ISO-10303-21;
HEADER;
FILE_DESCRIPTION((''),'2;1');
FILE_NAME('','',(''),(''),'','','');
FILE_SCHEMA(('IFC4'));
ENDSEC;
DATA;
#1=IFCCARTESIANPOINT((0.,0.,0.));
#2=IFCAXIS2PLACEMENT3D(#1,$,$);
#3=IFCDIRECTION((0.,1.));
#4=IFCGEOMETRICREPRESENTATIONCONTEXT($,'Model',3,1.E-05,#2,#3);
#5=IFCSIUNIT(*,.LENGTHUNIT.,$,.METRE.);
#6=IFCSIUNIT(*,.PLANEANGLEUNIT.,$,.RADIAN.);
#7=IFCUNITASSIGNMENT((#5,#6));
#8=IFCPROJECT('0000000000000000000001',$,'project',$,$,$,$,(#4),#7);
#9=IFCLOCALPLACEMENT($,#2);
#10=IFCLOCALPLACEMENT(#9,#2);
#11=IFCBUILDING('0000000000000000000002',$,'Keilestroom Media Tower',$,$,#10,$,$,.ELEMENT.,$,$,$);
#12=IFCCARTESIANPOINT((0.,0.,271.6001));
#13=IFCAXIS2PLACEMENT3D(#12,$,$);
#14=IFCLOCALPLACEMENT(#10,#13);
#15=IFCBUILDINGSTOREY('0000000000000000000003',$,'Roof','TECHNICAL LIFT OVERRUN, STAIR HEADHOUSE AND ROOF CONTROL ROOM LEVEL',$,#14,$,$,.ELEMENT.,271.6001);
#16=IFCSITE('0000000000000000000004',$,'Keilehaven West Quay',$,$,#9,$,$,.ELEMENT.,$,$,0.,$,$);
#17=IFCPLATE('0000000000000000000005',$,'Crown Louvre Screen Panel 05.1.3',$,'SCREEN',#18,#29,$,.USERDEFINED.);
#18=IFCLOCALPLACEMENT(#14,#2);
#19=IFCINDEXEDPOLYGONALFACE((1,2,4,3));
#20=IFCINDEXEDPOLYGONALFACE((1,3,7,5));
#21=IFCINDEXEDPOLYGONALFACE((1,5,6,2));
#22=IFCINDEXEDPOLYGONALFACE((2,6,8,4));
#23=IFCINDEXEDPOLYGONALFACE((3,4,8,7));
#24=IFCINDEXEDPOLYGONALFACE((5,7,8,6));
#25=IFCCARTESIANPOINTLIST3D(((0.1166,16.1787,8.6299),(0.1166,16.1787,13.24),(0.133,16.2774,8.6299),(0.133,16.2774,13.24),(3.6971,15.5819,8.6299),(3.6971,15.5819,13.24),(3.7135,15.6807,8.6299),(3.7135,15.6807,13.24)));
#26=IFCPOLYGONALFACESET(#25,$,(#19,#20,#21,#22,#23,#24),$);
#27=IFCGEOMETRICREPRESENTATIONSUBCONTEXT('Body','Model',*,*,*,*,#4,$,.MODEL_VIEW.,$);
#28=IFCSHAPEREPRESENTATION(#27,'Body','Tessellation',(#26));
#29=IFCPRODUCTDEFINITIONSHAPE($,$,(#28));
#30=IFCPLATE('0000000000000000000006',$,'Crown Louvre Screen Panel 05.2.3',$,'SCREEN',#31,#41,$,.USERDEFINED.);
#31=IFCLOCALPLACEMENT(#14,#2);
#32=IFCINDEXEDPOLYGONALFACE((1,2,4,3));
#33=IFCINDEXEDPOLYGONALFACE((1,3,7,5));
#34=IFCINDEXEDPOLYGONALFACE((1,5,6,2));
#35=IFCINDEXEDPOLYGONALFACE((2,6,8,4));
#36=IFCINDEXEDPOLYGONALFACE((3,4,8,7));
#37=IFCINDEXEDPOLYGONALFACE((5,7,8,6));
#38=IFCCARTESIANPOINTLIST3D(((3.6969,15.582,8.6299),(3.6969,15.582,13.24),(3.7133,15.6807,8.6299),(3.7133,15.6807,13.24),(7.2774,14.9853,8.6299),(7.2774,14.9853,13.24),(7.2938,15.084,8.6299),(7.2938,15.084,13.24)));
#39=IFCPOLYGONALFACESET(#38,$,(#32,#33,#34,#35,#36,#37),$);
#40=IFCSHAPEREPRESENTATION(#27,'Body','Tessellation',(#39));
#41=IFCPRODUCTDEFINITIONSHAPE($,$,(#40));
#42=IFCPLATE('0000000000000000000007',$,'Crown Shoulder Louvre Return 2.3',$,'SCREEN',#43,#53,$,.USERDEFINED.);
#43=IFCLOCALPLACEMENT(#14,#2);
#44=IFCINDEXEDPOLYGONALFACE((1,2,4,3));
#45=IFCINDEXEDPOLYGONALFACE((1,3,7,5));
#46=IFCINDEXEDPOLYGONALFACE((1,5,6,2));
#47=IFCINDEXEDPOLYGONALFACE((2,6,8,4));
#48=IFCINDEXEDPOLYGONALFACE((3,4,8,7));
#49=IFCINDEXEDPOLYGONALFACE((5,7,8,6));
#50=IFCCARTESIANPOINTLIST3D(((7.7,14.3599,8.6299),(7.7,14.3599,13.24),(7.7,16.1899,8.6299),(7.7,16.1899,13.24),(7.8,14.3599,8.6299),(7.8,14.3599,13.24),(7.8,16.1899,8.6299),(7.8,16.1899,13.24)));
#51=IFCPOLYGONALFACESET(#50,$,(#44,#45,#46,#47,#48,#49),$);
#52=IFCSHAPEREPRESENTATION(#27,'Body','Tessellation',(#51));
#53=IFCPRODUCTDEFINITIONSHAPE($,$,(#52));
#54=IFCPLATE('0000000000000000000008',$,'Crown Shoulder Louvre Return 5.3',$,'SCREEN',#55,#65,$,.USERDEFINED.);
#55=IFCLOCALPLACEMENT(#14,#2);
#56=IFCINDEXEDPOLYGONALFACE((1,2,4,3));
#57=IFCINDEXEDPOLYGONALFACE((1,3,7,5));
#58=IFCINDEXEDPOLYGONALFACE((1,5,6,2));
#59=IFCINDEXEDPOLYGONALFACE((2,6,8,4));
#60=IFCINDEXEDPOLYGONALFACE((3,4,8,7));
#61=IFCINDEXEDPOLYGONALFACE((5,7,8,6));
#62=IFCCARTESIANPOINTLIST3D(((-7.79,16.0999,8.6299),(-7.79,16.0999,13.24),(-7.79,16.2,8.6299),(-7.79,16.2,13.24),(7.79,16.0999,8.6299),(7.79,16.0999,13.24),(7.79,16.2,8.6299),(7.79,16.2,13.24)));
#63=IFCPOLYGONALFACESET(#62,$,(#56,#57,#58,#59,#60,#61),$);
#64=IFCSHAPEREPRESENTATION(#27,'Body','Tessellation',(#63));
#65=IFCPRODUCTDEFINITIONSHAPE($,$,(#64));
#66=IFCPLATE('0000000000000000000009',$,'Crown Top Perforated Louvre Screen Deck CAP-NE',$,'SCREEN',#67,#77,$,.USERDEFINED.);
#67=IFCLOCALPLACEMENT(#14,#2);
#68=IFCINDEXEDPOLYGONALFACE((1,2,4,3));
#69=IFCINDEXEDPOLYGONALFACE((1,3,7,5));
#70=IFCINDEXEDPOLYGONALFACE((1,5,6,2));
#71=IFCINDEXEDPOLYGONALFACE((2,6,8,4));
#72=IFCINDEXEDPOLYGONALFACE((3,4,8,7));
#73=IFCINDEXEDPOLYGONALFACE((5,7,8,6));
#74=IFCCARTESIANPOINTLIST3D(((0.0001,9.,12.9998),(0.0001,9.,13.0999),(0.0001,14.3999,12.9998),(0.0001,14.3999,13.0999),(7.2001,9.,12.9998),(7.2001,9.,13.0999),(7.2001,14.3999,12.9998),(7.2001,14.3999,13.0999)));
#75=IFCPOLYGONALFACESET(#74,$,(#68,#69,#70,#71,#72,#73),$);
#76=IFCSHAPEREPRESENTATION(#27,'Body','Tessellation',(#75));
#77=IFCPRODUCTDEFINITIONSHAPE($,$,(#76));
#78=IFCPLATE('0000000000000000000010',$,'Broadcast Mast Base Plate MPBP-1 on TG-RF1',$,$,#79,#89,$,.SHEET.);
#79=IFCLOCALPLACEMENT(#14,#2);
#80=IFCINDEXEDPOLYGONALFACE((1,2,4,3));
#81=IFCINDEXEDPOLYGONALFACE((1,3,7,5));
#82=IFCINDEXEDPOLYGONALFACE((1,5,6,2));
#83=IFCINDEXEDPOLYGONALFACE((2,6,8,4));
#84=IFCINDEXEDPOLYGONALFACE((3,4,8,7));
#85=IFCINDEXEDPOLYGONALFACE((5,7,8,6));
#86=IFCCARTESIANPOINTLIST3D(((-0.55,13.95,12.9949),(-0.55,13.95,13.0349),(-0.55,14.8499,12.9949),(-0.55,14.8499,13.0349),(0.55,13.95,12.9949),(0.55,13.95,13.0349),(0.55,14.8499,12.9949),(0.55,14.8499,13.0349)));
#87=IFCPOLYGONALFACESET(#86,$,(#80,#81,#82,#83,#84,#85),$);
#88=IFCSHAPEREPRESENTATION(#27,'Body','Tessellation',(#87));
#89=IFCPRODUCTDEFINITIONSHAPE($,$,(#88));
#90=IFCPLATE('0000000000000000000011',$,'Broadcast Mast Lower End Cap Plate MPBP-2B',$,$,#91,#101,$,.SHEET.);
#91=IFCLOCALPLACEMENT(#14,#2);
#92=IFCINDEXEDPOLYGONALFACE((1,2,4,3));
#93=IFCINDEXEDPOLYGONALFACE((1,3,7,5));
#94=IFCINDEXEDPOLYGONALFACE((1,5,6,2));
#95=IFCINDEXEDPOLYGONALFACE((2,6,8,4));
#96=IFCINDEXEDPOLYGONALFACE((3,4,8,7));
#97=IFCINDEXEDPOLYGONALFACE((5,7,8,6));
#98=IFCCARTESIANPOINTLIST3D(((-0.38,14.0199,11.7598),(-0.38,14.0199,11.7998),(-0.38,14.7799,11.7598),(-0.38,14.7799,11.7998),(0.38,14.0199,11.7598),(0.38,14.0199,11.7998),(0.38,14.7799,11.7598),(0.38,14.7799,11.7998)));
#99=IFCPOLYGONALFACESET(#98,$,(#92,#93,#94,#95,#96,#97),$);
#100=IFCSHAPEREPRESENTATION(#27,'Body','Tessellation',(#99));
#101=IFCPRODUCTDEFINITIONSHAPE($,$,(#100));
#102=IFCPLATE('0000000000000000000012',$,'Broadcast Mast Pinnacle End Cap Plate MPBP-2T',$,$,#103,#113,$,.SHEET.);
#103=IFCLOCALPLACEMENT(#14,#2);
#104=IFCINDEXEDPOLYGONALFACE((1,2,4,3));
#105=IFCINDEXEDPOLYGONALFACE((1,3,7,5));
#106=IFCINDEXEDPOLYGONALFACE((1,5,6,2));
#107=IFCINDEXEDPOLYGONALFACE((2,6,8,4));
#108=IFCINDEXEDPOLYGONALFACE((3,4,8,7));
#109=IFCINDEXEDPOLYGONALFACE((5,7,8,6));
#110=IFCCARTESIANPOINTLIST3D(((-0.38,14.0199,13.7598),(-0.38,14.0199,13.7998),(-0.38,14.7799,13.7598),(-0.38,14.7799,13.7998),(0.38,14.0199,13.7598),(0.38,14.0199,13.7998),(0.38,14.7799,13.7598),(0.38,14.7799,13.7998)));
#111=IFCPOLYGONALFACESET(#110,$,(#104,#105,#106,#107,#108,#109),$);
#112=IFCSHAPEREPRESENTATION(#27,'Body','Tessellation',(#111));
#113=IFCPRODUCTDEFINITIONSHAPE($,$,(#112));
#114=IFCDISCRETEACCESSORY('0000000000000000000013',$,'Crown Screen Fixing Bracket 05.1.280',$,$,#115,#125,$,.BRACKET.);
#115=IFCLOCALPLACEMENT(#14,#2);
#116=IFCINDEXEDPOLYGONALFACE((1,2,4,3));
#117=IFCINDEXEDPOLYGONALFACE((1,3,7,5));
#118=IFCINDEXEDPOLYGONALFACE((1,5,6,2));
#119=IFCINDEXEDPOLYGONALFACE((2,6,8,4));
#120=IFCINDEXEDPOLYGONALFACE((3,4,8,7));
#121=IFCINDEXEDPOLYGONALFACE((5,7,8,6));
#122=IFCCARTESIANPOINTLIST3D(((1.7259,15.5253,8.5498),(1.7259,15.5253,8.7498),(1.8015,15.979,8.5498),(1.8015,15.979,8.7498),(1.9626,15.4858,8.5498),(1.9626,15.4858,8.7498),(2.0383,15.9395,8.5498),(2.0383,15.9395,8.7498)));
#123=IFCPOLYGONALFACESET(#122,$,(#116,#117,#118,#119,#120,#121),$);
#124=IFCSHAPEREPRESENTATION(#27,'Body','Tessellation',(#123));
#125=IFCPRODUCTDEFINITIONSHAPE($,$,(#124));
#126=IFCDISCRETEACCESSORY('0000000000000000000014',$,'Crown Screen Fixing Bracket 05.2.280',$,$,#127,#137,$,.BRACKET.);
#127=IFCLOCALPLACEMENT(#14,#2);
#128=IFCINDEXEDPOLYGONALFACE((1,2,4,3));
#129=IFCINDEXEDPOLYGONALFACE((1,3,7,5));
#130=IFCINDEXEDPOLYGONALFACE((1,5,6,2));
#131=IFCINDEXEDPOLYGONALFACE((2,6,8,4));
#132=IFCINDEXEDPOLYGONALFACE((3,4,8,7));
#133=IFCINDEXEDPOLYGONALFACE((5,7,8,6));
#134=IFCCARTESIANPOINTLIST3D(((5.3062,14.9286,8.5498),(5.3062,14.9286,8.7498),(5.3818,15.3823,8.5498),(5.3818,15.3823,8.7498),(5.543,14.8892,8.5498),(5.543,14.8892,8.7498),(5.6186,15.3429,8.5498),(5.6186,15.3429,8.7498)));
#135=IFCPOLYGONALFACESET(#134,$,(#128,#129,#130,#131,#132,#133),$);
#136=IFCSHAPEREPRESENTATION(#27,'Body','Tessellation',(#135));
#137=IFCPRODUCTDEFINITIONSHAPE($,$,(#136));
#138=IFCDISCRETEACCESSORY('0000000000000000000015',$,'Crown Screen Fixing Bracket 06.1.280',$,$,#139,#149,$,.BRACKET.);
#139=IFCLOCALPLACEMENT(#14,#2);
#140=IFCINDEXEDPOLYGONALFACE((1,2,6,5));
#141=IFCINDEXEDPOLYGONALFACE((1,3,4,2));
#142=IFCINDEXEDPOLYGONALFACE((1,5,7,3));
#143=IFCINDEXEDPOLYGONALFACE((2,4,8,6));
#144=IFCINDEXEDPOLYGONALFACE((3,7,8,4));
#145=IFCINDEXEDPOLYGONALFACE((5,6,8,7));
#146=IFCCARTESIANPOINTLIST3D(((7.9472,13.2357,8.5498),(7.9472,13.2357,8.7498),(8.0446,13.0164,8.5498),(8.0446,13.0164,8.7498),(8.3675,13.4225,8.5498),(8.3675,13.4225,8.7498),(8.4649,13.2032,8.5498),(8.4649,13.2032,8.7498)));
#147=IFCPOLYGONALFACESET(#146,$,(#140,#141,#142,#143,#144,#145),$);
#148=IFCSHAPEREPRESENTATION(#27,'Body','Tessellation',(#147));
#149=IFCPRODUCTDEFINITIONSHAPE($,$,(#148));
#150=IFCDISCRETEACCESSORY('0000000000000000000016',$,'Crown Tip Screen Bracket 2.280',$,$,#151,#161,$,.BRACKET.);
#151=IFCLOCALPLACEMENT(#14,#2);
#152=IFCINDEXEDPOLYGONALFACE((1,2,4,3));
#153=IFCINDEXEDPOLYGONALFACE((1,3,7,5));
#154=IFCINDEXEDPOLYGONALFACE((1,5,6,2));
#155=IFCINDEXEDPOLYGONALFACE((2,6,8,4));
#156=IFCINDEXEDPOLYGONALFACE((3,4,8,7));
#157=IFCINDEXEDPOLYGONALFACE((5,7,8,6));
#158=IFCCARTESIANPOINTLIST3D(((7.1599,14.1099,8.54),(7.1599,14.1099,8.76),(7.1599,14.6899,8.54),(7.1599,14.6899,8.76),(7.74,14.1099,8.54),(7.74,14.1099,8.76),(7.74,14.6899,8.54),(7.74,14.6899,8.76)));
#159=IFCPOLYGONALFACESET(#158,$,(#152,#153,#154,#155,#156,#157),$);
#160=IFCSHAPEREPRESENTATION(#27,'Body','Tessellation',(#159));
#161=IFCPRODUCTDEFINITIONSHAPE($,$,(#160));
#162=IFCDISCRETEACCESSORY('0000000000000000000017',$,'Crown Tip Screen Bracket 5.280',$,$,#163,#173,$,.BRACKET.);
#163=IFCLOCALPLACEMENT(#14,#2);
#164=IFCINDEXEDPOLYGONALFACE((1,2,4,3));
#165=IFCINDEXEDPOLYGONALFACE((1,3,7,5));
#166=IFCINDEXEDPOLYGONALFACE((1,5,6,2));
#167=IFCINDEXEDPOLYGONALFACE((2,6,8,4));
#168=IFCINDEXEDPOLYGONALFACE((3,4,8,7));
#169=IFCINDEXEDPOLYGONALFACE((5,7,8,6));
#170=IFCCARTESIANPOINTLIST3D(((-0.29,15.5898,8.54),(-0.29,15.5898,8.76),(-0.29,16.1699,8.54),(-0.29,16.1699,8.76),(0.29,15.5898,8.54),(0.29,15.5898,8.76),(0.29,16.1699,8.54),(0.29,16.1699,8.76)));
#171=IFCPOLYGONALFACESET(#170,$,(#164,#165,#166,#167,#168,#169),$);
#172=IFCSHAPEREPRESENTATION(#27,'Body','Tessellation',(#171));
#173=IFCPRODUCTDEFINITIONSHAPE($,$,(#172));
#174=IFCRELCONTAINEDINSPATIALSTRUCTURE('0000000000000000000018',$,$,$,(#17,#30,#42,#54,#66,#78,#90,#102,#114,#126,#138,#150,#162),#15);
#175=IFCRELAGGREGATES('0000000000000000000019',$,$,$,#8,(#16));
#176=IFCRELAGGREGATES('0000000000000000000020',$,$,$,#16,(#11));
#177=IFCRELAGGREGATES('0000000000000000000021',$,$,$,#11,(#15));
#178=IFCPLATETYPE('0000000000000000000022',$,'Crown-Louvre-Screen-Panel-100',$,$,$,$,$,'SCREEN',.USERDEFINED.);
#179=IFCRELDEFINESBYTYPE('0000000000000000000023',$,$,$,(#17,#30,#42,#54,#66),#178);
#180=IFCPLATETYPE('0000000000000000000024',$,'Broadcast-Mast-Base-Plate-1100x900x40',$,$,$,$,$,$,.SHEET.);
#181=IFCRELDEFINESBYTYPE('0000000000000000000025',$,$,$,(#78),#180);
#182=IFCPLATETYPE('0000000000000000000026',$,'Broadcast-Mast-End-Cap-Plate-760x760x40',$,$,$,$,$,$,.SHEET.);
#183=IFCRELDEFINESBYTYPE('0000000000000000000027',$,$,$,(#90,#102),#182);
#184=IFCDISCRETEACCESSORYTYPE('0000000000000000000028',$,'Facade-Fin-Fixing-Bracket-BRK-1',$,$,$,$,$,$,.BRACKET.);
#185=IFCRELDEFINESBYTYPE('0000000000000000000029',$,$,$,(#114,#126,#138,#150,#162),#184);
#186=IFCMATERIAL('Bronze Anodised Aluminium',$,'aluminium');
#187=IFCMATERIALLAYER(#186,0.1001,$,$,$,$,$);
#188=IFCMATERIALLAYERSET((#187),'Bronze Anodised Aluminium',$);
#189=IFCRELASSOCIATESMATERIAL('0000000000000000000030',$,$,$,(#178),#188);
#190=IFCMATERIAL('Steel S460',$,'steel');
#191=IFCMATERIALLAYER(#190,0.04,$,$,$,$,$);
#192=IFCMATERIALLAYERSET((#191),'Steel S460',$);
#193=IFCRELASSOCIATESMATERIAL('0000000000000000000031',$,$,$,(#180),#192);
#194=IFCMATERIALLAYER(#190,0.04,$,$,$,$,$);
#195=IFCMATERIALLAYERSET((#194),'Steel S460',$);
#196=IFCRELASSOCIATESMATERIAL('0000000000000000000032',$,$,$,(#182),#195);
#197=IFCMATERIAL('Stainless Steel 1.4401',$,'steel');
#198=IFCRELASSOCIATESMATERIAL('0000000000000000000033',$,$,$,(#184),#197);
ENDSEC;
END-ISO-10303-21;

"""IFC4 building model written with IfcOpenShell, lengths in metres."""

from ifc_helpers import new_model, si_unit, direction, frame, origin, origin_2d, place, context, subcontext, project, spatial, rectangle, extrude, source, transform, mapped, material, layer, layer_set, type_object, element, save


model = new_model("IFC4")

# Units and contexts
model_context = context("Model", 3, precision=1e-05, world=origin(), true_north=direction((0.0, 1.0)))
body_context = subcontext(model_context, "Body", "Model", "MODEL_VIEW")
ifc_project = project(units=[si_unit("LENGTHUNIT", "METRE"), si_unit("PLANEANGLEUNIT", "RADIAN")], contexts=[model_context])

# Site, building, storey
site_placement = place(None, origin())
site = spatial("IfcSite", under=ifc_project, at=site_placement, Name="Keilehaven West Quay", CompositionType="ELEMENT", RefElevation=0.0)
building_placement = place(site_placement, origin())
building = spatial("IfcBuilding", under=site, at=building_placement, Name="Keilestroom Media Tower", CompositionType="ELEMENT")
storey_placement = place(building_placement, frame((0.0, 0.0, 271.6001)))
storey = spatial("IfcBuildingStorey", under=building, at=storey_placement, Name="Roof", Description="TECHNICAL LIFT OVERRUN, STAIR HEADHOUSE AND ROOF CONTROL ROOM LEVEL", CompositionType="ELEMENT", Elevation=271.6001)

# Shared definitions
ifc_material_1 = material(Name="Steel S460", Category="steel")

# Plates
ifc_material_2 = material(Name="Bronze Anodised Aluminium", Category="aluminium")
ifc_layer_1 = layer(ifc_material_2, 0.1001)
ifc_layer_set_1 = layer_set([ifc_layer_1], Name="Bronze Anodised Aluminium")
plate_type_1 = type_object("IfcPlateType", Name="Crown-Louvre-Screen-Panel-100", ElementType="SCREEN", PredefinedType="USERDEFINED", material=ifc_layer_set_1)
shared_shape_1 = source(origin(), body_context, "Body", "SweptSolid", [
    extrude(rectangle(XDim=3.6299, YDim=0.1001, at=origin_2d()), origin(), (0.0, 0.0, 1.0), 4.6101),
])
for number, where, z_axis, x_axis, name in (
    (1, (1.915, 15.9297, 8.6299), (0.0, 0.0, 1.0), (0.986394, -0.164399, 0.0), "Crown Louvre Screen Panel 05.1.3"),
    (2, (5.4954, 15.333, 8.6299), (0.0, 0.0, 1.0), (0.986394, -0.164399, 0.0), "Crown Louvre Screen Panel 05.2.3"),
):
    element("IfcPlate", number, at=place(storey_placement, frame(where, z_axis=z_axis, x_axis=x_axis)), inside=storey, type_object=plate_type_1, Name=name, ObjectType="SCREEN", PredefinedType="USERDEFINED", context=body_context, shape_type="MappedRepresentation", body=[
        mapped(shared_shape_1, transform((0.0, 0.0, 0.0), x_axis=(1.0, 0.0, 0.0), y_axis=(0.0, 1.0, 0.0), z_axis=(0.0, 0.0, 1.0), scale=1.0)),
    ])
shared_shape_2 = source(origin(), body_context, "Body", "SweptSolid", [
    extrude(rectangle(XDim=1.8301, YDim=0.1001, at=origin_2d()), origin(), (0.0, 0.0, 1.0), 4.6101),
])
plate_1_placement = place(storey_placement, frame((7.75, 15.2749, 8.6299), z_axis=(0.0, 0.0, 1.0), x_axis=(0.0, 1.0, 0.0)))
element("IfcPlate", 3, at=plate_1_placement, inside=storey, type_object=plate_type_1, Name="Crown Shoulder Louvre Return 2.3", ObjectType="SCREEN", PredefinedType="USERDEFINED", context=body_context, shape_type="MappedRepresentation", body=[
    mapped(shared_shape_2, transform((0.0, 0.0, 0.0), x_axis=(1.0, 0.0, 0.0), y_axis=(0.0, 1.0, 0.0), z_axis=(0.0, 0.0, 1.0), scale=1.0)),
])
shared_shape_3 = source(origin(), body_context, "Body", "SweptSolid", [
    extrude(rectangle(XDim=15.5801, YDim=0.1001, at=origin_2d()), origin(), (0.0, 0.0, 1.0), 4.6101),
])
plate_2_placement = place(storey_placement, frame((0.0, 16.1499, 8.6299), z_axis=(0.0, 0.0, 1.0), x_axis=(1.0, 0.0, 0.0)))
element("IfcPlate", 4, at=plate_2_placement, inside=storey, type_object=plate_type_1, Name="Crown Shoulder Louvre Return 5.3", ObjectType="SCREEN", PredefinedType="USERDEFINED", context=body_context, shape_type="MappedRepresentation", body=[
    mapped(shared_shape_3, transform((0.0, 0.0, 0.0), x_axis=(1.0, 0.0, 0.0), y_axis=(0.0, 1.0, 0.0), z_axis=(0.0, 0.0, 1.0), scale=1.0)),
])
shared_shape_4 = source(origin(), body_context, "Body", "SweptSolid", [
    extrude(rectangle(XDim=7.2, YDim=5.3999, at=origin_2d()), origin(), (0.0, 0.0, 1.0), 0.1001),
])
plate_3_placement = place(storey_placement, frame((3.6001, 11.7, 12.9998), z_axis=(0.0, 0.0, 1.0), x_axis=(1.0, 0.0, 0.0)))
element("IfcPlate", 5, at=plate_3_placement, inside=storey, type_object=plate_type_1, Name="Crown Top Perforated Louvre Screen Deck CAP-NE", ObjectType="SCREEN", PredefinedType="USERDEFINED", context=body_context, shape_type="MappedRepresentation", body=[
    mapped(shared_shape_4, transform((0.0, 0.0, 0.0), x_axis=(1.0, 0.0, 0.0), y_axis=(0.0, 1.0, 0.0), z_axis=(0.0, 0.0, 1.0), scale=1.0)),
])
ifc_layer_2 = layer(ifc_material_1, 0.04)
ifc_layer_set_2 = layer_set([ifc_layer_2], Name="Steel S460")
plate_type_2 = type_object("IfcPlateType", Name="Broadcast-Mast-Base-Plate-1100x900x40", PredefinedType="SHEET", material=ifc_layer_set_2)
shared_shape_5 = source(origin(), body_context, "Body", "SweptSolid", [
    extrude(rectangle(XDim=1.1001, YDim=0.8999, at=origin_2d()), origin(), (0.0, 0.0, 1.0), 0.04),
])
plate_4_placement = place(storey_placement, frame((0.0, 14.3999, 12.9949), z_axis=(0.0, 0.0, 1.0), x_axis=(1.0, 0.0, 0.0)))
element("IfcPlate", 6, at=plate_4_placement, inside=storey, type_object=plate_type_2, Name="Broadcast Mast Base Plate MPBP-1 on TG-RF1", PredefinedType="SHEET", context=body_context, shape_type="MappedRepresentation", body=[
    mapped(shared_shape_5, transform((0.0, 0.0, 0.0), x_axis=(1.0, 0.0, 0.0), y_axis=(0.0, 1.0, 0.0), z_axis=(0.0, 0.0, 1.0), scale=1.0)),
])
ifc_layer_3 = layer(ifc_material_1, 0.04)
ifc_layer_set_3 = layer_set([ifc_layer_3], Name="Steel S460")
plate_type_3 = type_object("IfcPlateType", Name="Broadcast-Mast-End-Cap-Plate-760x760x40", PredefinedType="SHEET", material=ifc_layer_set_3)
shared_shape_6 = source(origin(), body_context, "Body", "SweptSolid", [
    extrude(rectangle(XDim=0.76, YDim=0.76, at=origin_2d()), origin(), (0.0, 0.0, 1.0), 0.04),
])
for number, where, z_axis, x_axis, name in (
    (7, (0.0, 14.3999, 11.7598), (0.0, 0.0, 1.0), (1.0, 0.0, 0.0), "Broadcast Mast Lower End Cap Plate MPBP-2B"),
    (8, (0.0, 14.3999, 13.7598), (0.0, 0.0, 1.0), (1.0, 0.0, 0.0), "Broadcast Mast Pinnacle End Cap Plate MPBP-2T"),
):
    element("IfcPlate", number, at=place(storey_placement, frame(where, z_axis=z_axis, x_axis=x_axis)), inside=storey, type_object=plate_type_3, Name=name, PredefinedType="SHEET", context=body_context, shape_type="MappedRepresentation", body=[
        mapped(shared_shape_6, transform((0.0, 0.0, 0.0), x_axis=(1.0, 0.0, 0.0), y_axis=(0.0, 1.0, 0.0), z_axis=(0.0, 0.0, 1.0), scale=1.0)),
    ])

# Discrete accessories
ifc_material_3 = material(Name="Stainless Steel 1.4401", Category="steel")
discrete_accessory_type = type_object("IfcDiscreteAccessoryType", Name="Facade-Fin-Fixing-Bracket-BRK-1", PredefinedType="BRACKET", material=ifc_material_3)
shared_shape_7 = source(origin(), body_context, "Body", "SweptSolid", [
    extrude(rectangle(XDim=0.24, YDim=0.46, at=origin_2d()), origin(), (0.0, 0.0, 1.0), 0.2),
])
for number, where, z_axis, x_axis, name in (
    (9, (1.8821, 15.7324, 8.5498), (0.0, 0.0, 1.0), (0.986394, -0.164399, 0.0), "Crown Screen Fixing Bracket 05.1.280"),
    (10, (5.4624, 15.1357, 8.5498), (0.0, 0.0, 1.0), (0.986394, -0.164399, 0.0), "Crown Screen Fixing Bracket 05.2.280"),
    (11, (8.2061, 13.2195, 8.5498), (0.0, 0.0, 1.0), (0.406139, -0.913811, 0.0), "Crown Screen Fixing Bracket 06.1.280"),
):
    element("IfcDiscreteAccessory", number, at=place(storey_placement, frame(where, z_axis=z_axis, x_axis=x_axis)), inside=storey, type_object=discrete_accessory_type, Name=name, PredefinedType="BRACKET", context=body_context, shape_type="MappedRepresentation", body=[
        mapped(shared_shape_7, transform((0.0, 0.0, 0.0), x_axis=(1.0, 0.0, 0.0), y_axis=(0.0, 1.0, 0.0), z_axis=(0.0, 0.0, 1.0), scale=1.0)),
    ])
shared_shape_8 = source(origin(), body_context, "Body", "SweptSolid", [
    extrude(rectangle(XDim=0.5801, YDim=0.5801, at=origin_2d()), origin(), (0.0, 0.0, 1.0), 0.22),
])
for number, where, z_axis, x_axis, name in (
    (12, (7.45, 14.3999, 8.54), (0.0, 0.0, 1.0), (1.0, 0.0, 0.0), "Crown Tip Screen Bracket 2.280"),
    (13, (0.0, 15.8799, 8.54), (0.0, 0.0, 1.0), (1.0, 0.0, 0.0), "Crown Tip Screen Bracket 5.280"),
):
    element("IfcDiscreteAccessory", number, at=place(storey_placement, frame(where, z_axis=z_axis, x_axis=x_axis)), inside=storey, type_object=discrete_accessory_type, Name=name, PredefinedType="BRACKET", context=body_context, shape_type="MappedRepresentation", body=[
        mapped(shared_shape_8, transform((0.0, 0.0, 0.0), x_axis=(1.0, 0.0, 0.0), y_axis=(0.0, 1.0, 0.0), z_axis=(0.0, 0.0, 1.0), scale=1.0)),
    ])

save(model, "model.ifc")
